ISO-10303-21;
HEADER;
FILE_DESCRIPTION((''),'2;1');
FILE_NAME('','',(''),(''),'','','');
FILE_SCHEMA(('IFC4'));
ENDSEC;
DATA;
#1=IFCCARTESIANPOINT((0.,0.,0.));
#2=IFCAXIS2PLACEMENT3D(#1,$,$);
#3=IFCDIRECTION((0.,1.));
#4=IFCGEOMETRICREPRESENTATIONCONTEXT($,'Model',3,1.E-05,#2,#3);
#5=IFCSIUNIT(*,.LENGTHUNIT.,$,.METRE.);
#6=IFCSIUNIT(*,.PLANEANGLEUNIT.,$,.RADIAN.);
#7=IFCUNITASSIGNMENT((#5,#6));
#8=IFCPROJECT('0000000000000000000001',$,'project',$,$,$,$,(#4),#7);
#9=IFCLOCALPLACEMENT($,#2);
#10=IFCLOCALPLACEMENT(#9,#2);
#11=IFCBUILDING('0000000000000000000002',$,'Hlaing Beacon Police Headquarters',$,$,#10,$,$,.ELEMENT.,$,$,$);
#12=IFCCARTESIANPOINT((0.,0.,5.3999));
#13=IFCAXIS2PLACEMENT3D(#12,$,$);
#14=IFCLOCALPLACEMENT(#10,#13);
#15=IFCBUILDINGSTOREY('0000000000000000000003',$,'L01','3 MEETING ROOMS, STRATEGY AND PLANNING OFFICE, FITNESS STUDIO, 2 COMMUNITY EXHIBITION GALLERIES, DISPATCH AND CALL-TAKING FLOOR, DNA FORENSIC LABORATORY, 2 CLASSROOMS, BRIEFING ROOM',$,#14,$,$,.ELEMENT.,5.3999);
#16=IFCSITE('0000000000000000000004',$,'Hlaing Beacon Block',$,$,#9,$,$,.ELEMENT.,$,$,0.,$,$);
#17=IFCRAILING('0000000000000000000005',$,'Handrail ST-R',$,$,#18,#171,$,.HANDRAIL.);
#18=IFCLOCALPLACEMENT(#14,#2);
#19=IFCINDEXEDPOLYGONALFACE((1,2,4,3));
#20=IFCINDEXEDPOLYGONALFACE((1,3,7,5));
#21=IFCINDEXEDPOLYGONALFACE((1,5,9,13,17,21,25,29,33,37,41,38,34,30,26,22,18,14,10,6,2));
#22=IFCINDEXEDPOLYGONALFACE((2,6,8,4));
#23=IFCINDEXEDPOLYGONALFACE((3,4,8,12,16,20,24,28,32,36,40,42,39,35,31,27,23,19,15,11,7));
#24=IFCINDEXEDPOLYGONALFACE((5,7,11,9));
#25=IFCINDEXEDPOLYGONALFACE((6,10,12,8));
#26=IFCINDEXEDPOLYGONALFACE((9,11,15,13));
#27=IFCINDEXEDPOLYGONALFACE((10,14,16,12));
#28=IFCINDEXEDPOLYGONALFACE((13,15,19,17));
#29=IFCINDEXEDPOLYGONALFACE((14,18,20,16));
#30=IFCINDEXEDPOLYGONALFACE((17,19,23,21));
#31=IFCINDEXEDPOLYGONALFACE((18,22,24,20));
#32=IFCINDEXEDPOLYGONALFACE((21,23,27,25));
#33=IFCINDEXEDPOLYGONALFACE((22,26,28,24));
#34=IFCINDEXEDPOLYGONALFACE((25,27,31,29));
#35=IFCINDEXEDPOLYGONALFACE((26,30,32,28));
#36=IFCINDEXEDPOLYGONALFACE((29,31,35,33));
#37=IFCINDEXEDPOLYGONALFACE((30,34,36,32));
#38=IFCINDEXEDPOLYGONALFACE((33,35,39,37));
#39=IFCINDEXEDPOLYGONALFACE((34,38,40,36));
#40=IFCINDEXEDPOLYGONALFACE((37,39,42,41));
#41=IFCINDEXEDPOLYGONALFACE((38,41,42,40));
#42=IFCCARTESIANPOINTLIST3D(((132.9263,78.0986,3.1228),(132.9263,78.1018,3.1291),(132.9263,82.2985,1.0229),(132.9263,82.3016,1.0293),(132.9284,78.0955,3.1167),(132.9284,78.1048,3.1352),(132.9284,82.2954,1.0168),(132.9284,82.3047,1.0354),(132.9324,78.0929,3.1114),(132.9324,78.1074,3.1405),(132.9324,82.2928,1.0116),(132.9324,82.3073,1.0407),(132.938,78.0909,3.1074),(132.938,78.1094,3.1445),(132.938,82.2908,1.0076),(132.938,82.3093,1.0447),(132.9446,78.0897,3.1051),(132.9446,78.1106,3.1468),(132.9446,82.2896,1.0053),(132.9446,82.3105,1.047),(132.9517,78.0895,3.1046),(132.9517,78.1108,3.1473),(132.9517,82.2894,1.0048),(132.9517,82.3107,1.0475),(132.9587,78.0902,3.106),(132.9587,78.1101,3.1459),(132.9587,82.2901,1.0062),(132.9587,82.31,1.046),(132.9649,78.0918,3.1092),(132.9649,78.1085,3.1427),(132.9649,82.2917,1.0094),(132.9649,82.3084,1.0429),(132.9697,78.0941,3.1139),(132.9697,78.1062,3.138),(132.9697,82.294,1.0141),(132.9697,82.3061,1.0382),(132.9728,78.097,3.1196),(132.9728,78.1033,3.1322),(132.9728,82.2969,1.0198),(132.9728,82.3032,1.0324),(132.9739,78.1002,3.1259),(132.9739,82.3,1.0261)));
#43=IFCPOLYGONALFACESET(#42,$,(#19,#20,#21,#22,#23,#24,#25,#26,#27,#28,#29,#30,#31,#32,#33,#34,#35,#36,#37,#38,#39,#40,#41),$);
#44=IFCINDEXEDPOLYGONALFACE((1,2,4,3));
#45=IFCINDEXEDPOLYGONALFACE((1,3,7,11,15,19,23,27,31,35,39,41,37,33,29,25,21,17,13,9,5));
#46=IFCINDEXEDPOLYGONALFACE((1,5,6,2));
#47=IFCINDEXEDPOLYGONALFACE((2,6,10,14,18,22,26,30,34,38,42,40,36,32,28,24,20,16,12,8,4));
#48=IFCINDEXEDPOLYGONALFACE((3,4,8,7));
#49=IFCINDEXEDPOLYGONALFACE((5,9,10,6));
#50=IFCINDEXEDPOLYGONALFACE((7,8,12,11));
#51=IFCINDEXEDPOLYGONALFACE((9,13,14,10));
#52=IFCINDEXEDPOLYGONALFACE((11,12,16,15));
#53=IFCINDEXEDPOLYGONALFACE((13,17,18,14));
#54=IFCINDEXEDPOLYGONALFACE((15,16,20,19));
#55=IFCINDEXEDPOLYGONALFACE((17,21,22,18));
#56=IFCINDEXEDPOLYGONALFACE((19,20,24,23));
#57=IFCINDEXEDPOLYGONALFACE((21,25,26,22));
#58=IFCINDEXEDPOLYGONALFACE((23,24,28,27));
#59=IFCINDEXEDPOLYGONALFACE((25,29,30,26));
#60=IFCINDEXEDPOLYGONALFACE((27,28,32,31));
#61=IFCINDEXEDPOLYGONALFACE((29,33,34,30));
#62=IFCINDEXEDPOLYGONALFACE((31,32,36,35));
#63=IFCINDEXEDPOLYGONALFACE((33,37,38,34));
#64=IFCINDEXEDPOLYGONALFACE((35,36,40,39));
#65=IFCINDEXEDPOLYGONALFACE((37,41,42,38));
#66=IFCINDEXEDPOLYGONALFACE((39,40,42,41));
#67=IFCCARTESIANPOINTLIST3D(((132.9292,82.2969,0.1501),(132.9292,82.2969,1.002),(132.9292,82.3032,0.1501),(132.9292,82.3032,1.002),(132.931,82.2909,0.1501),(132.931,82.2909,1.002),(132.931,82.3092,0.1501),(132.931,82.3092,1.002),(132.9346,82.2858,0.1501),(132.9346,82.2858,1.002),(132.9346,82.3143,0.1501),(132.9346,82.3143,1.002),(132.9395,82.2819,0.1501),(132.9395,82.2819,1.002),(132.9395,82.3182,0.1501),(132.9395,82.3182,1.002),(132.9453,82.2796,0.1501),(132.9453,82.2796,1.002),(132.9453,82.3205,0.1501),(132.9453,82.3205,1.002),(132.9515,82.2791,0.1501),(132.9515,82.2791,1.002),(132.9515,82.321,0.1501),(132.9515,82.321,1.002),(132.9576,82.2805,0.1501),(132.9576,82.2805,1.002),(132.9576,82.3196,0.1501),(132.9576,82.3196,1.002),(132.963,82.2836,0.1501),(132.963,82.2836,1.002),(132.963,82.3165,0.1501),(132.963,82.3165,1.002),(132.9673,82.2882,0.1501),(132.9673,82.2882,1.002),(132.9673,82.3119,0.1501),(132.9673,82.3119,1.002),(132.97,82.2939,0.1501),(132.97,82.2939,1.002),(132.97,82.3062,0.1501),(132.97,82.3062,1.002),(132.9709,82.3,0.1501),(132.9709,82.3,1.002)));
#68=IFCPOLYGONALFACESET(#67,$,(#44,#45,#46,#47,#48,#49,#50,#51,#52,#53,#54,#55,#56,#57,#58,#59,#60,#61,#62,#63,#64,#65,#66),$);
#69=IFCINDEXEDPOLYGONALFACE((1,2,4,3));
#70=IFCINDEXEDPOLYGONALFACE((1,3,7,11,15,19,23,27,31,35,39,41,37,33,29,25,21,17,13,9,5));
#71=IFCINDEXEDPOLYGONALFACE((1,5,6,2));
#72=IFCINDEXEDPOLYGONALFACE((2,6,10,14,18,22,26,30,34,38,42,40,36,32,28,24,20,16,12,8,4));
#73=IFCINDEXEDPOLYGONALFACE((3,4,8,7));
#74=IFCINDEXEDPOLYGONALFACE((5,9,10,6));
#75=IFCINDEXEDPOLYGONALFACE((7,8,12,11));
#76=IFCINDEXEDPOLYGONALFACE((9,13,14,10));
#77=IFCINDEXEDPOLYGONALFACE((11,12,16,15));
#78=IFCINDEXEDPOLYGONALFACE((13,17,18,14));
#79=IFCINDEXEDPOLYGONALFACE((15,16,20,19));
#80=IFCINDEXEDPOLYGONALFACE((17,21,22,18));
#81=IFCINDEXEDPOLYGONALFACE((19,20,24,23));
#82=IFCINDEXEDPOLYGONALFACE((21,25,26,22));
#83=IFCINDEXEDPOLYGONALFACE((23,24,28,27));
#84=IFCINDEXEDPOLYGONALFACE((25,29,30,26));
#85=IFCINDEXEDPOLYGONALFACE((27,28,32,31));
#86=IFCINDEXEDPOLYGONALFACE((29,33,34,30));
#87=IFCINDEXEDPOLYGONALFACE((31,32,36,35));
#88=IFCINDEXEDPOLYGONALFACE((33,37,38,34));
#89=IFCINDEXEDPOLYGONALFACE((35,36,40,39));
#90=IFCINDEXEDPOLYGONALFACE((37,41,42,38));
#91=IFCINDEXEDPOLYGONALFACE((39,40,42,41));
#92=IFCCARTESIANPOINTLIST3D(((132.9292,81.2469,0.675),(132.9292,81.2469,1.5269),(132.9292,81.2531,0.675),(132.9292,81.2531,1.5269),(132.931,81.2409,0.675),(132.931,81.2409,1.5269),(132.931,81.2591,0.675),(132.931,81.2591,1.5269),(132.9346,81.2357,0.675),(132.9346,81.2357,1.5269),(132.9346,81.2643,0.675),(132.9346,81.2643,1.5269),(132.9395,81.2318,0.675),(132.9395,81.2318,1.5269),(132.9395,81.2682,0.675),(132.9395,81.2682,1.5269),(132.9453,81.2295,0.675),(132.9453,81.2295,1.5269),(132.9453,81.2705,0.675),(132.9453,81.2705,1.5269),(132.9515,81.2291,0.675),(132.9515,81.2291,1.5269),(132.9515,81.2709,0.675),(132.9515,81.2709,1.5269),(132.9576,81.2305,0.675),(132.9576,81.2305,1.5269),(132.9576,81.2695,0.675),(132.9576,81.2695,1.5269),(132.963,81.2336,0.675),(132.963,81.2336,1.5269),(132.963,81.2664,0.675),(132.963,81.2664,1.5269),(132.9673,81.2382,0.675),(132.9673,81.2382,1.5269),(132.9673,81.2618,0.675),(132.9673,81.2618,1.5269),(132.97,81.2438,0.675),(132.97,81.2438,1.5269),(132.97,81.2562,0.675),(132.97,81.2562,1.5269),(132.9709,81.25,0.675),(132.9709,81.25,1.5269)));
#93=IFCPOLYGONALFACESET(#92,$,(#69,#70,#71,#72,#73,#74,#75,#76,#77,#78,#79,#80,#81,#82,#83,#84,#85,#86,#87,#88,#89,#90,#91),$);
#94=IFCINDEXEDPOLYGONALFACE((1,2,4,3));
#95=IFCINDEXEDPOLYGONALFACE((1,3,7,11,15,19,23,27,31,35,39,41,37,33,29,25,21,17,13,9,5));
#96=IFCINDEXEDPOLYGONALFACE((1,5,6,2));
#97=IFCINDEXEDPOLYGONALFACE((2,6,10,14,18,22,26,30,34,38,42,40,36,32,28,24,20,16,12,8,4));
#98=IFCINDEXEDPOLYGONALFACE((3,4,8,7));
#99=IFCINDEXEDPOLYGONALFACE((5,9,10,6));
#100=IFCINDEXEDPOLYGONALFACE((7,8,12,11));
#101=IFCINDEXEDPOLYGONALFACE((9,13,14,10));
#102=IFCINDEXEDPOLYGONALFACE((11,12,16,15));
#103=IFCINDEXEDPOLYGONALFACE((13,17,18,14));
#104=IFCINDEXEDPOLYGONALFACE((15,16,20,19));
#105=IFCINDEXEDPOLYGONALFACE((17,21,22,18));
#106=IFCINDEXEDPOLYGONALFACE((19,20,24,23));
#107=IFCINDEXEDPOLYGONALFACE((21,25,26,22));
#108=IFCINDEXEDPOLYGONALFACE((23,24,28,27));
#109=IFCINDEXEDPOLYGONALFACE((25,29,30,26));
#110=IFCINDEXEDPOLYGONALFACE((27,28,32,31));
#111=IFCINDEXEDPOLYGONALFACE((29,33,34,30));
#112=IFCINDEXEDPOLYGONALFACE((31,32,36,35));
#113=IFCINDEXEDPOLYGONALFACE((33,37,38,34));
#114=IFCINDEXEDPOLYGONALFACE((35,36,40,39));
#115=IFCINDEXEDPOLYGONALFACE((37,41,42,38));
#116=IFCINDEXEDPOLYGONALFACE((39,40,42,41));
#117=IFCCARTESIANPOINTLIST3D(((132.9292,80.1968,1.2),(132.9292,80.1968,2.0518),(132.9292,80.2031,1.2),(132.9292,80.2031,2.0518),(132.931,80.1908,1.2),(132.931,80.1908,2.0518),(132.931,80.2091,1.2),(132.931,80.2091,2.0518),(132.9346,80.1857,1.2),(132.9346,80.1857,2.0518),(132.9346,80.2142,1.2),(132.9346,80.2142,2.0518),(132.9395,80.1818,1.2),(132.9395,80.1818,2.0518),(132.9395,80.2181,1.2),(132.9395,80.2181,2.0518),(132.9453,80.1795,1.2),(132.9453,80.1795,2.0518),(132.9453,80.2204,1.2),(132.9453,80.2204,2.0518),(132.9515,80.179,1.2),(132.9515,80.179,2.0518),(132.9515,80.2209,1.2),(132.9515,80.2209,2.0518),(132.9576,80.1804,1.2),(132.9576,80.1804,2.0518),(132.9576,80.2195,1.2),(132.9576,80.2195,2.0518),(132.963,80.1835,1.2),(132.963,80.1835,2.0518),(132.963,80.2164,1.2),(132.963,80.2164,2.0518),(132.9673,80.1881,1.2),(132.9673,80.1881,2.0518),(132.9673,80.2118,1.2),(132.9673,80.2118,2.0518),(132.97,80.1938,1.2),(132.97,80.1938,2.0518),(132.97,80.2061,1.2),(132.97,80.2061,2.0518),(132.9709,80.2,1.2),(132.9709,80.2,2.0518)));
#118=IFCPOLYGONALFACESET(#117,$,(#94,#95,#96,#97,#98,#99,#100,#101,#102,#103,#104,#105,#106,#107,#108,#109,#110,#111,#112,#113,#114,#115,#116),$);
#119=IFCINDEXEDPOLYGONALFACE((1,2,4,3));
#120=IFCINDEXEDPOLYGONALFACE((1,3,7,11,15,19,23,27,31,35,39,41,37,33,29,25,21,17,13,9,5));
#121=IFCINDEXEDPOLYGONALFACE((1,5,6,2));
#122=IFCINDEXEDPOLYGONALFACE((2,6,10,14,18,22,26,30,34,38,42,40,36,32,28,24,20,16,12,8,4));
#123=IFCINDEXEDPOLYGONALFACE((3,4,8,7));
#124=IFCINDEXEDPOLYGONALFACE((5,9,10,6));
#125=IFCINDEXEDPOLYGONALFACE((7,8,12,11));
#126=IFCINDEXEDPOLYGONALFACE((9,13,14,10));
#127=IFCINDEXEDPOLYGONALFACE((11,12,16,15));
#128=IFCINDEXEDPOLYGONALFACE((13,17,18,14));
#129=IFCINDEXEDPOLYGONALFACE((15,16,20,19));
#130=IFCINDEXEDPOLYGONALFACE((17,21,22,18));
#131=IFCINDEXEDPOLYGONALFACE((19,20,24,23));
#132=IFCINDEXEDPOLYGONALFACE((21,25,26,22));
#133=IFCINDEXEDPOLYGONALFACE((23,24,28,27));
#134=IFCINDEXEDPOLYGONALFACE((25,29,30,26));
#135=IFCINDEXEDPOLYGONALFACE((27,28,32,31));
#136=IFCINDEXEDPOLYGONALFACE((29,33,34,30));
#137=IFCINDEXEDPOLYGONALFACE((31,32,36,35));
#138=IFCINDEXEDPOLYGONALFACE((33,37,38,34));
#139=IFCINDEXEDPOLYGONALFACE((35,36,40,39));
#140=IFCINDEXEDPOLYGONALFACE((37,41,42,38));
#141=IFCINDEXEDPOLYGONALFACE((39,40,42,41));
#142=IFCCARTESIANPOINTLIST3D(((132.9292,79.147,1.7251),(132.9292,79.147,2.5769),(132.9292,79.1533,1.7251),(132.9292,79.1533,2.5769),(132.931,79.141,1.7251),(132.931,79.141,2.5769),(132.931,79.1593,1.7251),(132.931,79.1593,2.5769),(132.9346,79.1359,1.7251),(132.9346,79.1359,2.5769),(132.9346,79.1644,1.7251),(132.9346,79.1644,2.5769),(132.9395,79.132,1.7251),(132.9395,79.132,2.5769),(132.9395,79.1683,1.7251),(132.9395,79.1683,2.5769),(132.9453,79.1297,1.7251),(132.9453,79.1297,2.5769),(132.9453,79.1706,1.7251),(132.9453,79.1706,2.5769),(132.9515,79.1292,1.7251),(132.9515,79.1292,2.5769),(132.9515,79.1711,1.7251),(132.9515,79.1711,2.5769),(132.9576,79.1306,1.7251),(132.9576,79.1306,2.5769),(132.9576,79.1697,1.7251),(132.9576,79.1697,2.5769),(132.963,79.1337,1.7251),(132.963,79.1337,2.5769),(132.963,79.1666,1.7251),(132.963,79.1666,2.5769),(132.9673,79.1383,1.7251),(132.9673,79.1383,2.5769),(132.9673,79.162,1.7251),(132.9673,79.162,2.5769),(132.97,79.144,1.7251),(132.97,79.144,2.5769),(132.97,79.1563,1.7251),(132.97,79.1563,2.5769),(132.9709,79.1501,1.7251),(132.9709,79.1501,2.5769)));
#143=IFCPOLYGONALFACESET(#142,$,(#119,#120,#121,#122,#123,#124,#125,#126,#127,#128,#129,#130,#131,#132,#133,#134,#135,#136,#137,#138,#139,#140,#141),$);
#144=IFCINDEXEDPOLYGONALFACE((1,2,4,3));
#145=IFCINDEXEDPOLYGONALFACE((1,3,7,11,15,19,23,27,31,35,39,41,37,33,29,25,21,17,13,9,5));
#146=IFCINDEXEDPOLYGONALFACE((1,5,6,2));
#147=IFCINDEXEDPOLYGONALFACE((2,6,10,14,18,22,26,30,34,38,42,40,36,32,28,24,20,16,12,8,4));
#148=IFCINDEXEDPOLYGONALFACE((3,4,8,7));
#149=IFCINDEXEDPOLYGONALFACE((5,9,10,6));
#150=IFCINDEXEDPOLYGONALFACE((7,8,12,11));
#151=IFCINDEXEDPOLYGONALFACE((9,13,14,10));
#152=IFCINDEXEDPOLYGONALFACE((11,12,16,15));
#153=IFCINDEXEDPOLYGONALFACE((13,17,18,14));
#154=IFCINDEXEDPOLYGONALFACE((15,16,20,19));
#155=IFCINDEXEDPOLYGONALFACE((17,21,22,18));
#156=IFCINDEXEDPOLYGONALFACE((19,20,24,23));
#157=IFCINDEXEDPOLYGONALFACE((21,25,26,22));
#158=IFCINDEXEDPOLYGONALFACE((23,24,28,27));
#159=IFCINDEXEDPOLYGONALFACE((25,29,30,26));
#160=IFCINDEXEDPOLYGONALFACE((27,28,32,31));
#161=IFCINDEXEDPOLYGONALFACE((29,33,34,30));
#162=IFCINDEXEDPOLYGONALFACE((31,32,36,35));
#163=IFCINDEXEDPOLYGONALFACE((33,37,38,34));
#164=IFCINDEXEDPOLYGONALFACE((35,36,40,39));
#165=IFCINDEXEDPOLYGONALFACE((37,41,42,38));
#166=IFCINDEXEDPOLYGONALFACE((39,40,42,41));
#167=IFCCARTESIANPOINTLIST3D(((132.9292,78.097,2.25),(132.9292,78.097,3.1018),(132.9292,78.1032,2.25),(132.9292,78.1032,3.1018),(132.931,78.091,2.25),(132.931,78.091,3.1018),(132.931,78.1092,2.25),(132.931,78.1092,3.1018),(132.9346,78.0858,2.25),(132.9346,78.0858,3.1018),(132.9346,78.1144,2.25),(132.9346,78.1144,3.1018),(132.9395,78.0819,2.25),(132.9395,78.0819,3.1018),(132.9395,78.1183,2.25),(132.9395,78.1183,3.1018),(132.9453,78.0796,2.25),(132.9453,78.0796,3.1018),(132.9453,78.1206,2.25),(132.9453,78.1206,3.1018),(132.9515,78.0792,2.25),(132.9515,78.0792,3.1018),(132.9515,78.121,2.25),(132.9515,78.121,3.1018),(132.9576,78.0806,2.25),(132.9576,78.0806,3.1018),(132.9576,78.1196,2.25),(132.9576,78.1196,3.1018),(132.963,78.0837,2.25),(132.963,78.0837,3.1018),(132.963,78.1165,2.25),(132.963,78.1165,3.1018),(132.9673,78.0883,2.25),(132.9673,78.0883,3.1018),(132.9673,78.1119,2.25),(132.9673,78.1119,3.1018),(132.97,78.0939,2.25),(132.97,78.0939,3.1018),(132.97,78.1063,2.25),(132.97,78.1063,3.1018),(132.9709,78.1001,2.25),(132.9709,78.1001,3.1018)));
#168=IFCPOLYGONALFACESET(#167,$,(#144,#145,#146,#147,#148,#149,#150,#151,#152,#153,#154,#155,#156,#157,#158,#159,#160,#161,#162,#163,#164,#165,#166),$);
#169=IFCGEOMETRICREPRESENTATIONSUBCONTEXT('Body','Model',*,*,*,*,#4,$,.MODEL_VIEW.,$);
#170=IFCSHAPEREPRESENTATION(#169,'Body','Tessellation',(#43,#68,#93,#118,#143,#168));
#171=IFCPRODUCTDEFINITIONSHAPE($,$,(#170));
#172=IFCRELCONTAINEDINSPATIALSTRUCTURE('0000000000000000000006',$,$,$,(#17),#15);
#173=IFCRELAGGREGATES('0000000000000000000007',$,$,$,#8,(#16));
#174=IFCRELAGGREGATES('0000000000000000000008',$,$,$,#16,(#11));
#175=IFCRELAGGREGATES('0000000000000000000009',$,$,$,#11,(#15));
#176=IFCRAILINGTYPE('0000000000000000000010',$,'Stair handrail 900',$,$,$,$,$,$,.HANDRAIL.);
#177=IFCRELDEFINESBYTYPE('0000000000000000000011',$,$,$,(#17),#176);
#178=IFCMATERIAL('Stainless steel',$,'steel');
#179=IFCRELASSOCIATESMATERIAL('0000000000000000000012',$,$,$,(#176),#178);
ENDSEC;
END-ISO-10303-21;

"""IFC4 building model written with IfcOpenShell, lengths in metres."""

from ifc_helpers import new_model, si_unit, direction, frame, origin, origin_2d, place, context, subcontext, project, spatial, circle, extrude, material, type_object, element, save


model = new_model("IFC4")

# Units and contexts
model_context = context("Model", 3, precision=1e-05, world=origin(), true_north=direction((0.0, 1.0)))
body_context = subcontext(model_context, "Body", "Model", "MODEL_VIEW")
ifc_project = project(units=[si_unit("LENGTHUNIT", "METRE"), si_unit("PLANEANGLEUNIT", "RADIAN")], contexts=[model_context])

# Site, building, storey
site_placement = place(None, origin())
site = spatial("IfcSite", under=ifc_project, at=site_placement, Name="Hlaing Beacon Block", CompositionType="ELEMENT", RefElevation=0.0)
building_placement = place(site_placement, origin())
building = spatial("IfcBuilding", under=site, at=building_placement, Name="Hlaing Beacon Police Headquarters", CompositionType="ELEMENT")
storey_placement = place(building_placement, frame((0.0, 0.0, 5.3999)))
storey = spatial("IfcBuildingStorey", under=building, at=storey_placement, Name="L01", Description="3 MEETING ROOMS, STRATEGY AND PLANNING OFFICE, FITNESS STUDIO, 2 COMMUNITY EXHIBITION GALLERIES, DISPATCH AND CALL-TAKING FLOOR, DNA FORENSIC LABORATORY, 2 CLASSROOMS, BRIEFING ROOM", CompositionType="ELEMENT", Elevation=5.3999)

# Railing
ifc_material_1 = material(Name="Stainless steel", Category="steel")
railing_type_1 = type_object("IfcRailingType", Name="Stair handrail 900", PredefinedType="HANDRAIL", material=ifc_material_1)
for number, where, name in (
    (1, (132.95, 82.3, 0.1501), "Handrail ST-R"),
):
    element("IfcRailing", number, at=place(storey_placement, frame(where)), inside=storey, type_object=railing_type_1, Name=name, PredefinedType="HANDRAIL", context=body_context, shape_type="SweptSolid", body=[
        extrude(circle(Radius=0.0239, at=origin_2d()), frame((0.0, 0.0, 0.876), z_axis=(0.0, -0.894438, 0.447193), x_axis=(1.0, 0.0, 0.0)), (0.0, 0.0, 1.0), 4.6956),
        extrude(circle(Radius=0.021, at=origin_2d()), origin(), (0.0, 0.0, 1.0), 0.8518),
        extrude(circle(Radius=0.021, at=origin_2d()), frame((0.0, -1.05, 0.5249)), (0.0, 0.0, 1.0), 0.8518),
        extrude(circle(Radius=0.021, at=origin_2d()), frame((0.0, -2.1001, 1.0498)), (0.0, 0.0, 1.0), 0.8518),
        extrude(circle(Radius=0.021, at=origin_2d()), frame((0.0, -3.1499, 1.575)), (0.0, 0.0, 1.0), 0.8518),
        extrude(circle(Radius=0.021, at=origin_2d()), frame((0.0, -4.2, 2.0999)), (0.0, 0.0, 1.0), 0.8518),
    ])

save(model, "model.ifc")
